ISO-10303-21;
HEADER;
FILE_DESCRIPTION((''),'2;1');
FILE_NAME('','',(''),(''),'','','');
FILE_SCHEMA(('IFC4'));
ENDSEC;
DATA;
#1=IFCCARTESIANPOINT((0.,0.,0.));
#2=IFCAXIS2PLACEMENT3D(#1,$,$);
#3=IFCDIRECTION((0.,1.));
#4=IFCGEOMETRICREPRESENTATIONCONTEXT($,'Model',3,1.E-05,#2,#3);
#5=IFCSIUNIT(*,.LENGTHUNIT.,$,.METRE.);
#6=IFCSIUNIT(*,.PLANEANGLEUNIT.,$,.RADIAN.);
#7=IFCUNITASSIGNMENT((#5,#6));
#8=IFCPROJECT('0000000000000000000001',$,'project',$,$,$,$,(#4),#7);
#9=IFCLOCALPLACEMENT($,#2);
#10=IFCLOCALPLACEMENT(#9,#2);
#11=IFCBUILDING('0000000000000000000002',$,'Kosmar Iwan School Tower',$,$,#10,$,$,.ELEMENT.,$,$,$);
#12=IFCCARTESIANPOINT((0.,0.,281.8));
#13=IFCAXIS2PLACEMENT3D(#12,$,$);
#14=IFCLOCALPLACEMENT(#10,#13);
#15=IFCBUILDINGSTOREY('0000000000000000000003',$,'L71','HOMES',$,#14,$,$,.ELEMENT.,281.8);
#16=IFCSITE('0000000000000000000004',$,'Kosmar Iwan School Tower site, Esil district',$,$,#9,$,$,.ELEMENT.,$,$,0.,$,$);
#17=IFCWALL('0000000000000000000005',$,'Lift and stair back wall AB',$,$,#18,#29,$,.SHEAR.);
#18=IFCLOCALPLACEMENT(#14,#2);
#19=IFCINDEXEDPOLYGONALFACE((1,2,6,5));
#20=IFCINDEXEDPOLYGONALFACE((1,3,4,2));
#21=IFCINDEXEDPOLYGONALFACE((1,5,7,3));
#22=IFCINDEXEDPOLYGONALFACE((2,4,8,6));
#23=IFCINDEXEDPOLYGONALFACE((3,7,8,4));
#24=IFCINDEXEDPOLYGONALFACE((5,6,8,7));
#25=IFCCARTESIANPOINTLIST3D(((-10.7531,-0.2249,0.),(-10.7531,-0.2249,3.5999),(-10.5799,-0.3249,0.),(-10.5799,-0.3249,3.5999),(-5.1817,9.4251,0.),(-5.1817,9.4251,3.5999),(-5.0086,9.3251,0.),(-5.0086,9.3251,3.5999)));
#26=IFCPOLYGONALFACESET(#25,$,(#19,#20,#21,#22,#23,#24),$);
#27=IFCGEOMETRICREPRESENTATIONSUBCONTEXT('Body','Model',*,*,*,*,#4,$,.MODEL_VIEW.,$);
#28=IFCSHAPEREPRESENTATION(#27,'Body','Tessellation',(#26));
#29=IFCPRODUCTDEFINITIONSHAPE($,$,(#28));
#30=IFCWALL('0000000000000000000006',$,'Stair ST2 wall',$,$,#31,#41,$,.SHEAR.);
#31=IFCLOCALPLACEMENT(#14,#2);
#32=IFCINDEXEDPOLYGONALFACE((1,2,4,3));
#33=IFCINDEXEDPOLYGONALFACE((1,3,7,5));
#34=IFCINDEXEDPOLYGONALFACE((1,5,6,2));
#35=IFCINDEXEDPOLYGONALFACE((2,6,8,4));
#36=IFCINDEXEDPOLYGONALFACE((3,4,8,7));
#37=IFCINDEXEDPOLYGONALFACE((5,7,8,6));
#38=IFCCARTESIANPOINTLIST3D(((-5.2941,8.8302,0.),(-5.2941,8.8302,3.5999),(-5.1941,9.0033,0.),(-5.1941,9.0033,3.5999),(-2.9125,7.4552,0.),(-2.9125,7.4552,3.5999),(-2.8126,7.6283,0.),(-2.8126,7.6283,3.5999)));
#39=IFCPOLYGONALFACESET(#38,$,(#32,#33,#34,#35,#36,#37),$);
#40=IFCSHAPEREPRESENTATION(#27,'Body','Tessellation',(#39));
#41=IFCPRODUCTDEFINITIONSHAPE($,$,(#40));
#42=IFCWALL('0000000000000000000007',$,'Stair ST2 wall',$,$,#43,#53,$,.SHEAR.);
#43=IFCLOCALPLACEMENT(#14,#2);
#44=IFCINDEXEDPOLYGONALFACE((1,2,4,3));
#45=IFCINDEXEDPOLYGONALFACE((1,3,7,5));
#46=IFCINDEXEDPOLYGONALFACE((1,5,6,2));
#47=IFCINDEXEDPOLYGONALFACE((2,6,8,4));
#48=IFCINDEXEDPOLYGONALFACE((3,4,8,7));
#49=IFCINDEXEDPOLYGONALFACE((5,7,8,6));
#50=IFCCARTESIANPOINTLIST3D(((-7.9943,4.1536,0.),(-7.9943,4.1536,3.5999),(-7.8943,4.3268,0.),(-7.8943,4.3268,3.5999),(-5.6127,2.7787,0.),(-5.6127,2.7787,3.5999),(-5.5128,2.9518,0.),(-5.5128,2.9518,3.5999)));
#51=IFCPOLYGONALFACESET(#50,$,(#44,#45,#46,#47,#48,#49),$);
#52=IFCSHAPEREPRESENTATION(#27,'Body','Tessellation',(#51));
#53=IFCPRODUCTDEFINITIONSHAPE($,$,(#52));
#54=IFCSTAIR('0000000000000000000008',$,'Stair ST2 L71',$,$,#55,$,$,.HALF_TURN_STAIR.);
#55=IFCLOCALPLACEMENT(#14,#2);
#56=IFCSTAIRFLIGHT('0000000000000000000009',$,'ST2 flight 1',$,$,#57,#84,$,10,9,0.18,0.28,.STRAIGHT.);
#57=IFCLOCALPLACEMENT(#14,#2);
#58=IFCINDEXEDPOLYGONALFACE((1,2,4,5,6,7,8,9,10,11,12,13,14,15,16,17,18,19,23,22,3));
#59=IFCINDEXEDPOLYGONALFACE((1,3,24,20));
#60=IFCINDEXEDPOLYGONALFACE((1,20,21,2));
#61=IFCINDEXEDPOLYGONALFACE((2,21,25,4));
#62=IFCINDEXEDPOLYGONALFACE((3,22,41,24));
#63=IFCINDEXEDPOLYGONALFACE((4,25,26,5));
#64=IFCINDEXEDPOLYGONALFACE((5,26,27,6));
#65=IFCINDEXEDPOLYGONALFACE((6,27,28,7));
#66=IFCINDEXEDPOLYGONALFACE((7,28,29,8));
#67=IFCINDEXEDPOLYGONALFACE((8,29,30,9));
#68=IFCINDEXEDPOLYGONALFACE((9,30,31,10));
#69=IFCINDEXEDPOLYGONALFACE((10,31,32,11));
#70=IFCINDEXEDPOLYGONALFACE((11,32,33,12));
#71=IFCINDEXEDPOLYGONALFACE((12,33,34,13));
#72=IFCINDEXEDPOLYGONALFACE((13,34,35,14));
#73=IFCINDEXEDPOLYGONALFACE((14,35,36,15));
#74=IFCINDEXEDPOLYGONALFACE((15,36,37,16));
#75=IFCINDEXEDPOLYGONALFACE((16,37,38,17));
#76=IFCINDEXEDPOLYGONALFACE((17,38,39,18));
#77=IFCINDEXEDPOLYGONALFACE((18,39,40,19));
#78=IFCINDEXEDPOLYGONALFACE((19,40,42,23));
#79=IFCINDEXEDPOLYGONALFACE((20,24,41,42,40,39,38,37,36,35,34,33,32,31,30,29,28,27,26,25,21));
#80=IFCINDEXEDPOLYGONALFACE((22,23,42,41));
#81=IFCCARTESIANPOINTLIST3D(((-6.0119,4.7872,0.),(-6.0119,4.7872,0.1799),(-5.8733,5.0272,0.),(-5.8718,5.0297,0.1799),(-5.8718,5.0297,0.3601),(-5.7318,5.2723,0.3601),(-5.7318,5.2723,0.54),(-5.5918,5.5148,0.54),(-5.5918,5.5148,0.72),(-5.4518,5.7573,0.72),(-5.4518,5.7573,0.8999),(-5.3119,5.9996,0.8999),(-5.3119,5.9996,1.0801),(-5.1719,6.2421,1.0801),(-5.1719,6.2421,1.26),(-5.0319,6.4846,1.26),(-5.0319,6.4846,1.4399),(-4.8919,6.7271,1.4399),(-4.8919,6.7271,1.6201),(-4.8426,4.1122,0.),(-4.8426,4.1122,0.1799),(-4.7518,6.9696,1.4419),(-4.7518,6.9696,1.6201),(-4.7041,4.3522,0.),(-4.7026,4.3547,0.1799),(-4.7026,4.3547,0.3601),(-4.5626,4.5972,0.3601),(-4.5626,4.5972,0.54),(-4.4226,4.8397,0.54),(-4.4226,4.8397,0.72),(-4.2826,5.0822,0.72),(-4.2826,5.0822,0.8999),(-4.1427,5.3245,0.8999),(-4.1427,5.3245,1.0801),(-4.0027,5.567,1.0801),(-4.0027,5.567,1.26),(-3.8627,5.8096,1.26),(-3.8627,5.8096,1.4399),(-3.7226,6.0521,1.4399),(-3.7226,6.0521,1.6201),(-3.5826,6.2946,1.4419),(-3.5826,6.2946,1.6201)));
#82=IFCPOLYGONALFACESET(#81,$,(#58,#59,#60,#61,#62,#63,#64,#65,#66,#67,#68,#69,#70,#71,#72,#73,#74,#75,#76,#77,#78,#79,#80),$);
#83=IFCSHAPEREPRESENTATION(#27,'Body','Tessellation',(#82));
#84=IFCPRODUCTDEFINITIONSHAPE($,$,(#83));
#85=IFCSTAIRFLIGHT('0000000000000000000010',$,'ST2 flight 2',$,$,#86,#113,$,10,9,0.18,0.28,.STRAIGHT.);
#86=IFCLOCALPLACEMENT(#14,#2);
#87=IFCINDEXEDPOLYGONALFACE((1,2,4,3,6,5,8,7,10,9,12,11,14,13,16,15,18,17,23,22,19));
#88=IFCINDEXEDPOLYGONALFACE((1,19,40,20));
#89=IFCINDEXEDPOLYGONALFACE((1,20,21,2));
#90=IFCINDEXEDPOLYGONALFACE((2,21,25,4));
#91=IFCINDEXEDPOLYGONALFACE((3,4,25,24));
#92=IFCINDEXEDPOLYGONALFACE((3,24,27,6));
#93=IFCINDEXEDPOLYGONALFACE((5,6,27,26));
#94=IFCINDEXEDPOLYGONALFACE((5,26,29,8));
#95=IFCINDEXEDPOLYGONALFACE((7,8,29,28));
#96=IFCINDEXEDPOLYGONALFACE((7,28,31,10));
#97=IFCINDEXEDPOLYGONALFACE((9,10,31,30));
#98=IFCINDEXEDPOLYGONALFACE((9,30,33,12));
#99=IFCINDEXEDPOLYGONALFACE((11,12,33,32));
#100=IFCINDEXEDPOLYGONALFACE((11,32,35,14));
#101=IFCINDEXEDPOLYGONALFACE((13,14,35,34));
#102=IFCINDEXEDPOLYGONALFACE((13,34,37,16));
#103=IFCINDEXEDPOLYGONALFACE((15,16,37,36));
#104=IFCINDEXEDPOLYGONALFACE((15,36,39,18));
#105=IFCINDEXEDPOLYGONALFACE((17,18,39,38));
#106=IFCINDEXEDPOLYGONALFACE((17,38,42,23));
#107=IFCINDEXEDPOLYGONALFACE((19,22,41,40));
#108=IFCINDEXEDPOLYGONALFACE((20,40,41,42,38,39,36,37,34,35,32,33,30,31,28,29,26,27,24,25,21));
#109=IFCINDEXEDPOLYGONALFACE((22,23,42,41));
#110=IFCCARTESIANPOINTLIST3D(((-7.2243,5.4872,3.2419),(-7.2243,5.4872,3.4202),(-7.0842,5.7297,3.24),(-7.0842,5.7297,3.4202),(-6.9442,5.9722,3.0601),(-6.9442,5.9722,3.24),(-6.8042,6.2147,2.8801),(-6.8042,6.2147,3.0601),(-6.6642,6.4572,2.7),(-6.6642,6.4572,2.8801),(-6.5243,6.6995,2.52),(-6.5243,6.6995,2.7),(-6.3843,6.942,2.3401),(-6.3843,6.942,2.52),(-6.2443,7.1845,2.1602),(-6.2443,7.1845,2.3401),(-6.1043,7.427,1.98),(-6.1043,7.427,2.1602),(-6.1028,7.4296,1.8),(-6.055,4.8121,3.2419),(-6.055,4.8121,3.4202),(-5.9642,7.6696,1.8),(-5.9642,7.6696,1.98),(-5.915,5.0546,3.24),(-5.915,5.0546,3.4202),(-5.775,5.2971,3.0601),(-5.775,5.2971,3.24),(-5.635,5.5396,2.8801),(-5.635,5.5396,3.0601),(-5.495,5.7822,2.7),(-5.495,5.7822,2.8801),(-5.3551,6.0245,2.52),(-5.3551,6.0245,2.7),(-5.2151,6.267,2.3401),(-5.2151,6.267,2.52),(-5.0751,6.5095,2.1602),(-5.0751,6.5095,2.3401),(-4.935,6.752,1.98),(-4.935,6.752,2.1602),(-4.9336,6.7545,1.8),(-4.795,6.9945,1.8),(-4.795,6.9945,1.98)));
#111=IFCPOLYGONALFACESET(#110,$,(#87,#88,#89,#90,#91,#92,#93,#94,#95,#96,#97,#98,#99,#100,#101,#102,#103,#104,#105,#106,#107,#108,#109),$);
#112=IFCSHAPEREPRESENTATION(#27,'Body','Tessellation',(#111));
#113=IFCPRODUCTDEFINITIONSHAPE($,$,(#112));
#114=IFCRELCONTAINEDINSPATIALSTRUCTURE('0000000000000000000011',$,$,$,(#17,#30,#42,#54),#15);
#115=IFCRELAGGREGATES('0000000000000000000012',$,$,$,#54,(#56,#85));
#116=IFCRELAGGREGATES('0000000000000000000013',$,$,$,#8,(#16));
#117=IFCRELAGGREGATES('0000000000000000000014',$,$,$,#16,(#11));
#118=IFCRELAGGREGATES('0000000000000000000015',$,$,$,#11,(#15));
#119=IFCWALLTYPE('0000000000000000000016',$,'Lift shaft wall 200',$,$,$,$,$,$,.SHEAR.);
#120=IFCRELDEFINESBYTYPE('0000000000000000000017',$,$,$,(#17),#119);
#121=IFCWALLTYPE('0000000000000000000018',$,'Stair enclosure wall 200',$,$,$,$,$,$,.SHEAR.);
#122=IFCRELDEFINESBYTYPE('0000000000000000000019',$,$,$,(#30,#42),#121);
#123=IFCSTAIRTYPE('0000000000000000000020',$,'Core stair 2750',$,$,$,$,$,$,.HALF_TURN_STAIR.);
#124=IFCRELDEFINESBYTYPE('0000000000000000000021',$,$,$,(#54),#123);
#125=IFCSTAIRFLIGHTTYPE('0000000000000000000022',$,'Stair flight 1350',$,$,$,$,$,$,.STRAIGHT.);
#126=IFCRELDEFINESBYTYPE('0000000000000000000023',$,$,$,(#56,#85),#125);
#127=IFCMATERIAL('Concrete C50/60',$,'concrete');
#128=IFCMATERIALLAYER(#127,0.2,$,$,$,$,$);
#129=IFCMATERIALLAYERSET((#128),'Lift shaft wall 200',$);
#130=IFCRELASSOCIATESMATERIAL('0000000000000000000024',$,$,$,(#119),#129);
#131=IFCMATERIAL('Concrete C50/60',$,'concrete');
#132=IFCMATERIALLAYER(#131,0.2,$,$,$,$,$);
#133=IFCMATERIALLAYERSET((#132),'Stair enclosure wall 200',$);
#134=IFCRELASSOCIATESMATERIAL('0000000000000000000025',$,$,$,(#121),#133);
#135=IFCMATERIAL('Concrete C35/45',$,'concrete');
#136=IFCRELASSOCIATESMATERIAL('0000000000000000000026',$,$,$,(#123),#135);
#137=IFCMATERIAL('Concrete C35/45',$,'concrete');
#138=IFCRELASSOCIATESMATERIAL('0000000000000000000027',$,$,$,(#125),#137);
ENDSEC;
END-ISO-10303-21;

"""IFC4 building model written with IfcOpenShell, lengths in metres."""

from ifc_helpers import new_model, si_unit, direction, frame, frame_2d, origin, place, context, subcontext, project, spatial, polyline, rectangle, outline, extrude, material, layer, layer_set, type_object, element, aggregate, save


model = new_model("IFC4")

# Units and contexts
model_context = context("Model", 3, precision=1e-05, world=origin(), true_north=direction((0.0, 1.0)))
body_context = subcontext(model_context, "Body", "Model", "MODEL_VIEW")
ifc_project = project(units=[si_unit("LENGTHUNIT", "METRE"), si_unit("PLANEANGLEUNIT", "RADIAN")], contexts=[model_context])

# Site, building, storey
site_placement = place(None, origin())
site = spatial("IfcSite", under=ifc_project, at=site_placement, Name="Kosmar Iwan School Tower site, Esil district", CompositionType="ELEMENT", RefElevation=0.0)
building_placement = place(site_placement, origin())
building = spatial("IfcBuilding", under=site, at=building_placement, Name="Kosmar Iwan School Tower", CompositionType="ELEMENT")
storey_placement = place(building_placement, frame((0.0, 0.0, 281.8)))
storey = spatial("IfcBuildingStorey", under=building, at=storey_placement, Name="L71", Description="HOMES", CompositionType="ELEMENT", Elevation=281.8)

# Shared definitions
ifc_material_1 = material(Name="Concrete C50/60", Category="concrete")
ifc_layer_1 = layer(ifc_material_1, 0.2)
ifc_layer_set_1 = layer_set([ifc_layer_1], Name="Lift shaft wall 200")
wall_type_1 = type_object("IfcWallType", Name="Lift shaft wall 200", PredefinedType="SHEAR", material=ifc_layer_set_1)

# Walls
wall_1_placement = place(storey_placement, frame((-5.0952, 9.375, 0.0), z_axis=(0.0, 0.0, 1.0), x_axis=(-0.499994, -0.866029, 0.0)))
element("IfcWall", 1, at=wall_1_placement, inside=storey, type_object=wall_type_1, Name="Lift and stair back wall AB", PredefinedType="SHEAR", context=body_context, shape_type="SweptSolid", body=[
    extrude(rectangle(XDim=11.1428, YDim=0.2, at=frame_2d((5.5713, 0.0))), origin(), (0.0, 0.0, 1.0), 3.5999),
])
ifc_material_2 = material(Name="Concrete C50/60", Category="concrete")
ifc_layer_2 = layer(ifc_material_2, 0.2)
ifc_layer_set_2 = layer_set([ifc_layer_2], Name="Stair enclosure wall 200")
wall_type_2 = type_object("IfcWallType", Name="Stair enclosure wall 200", PredefinedType="SHEAR", material=ifc_layer_set_2)
for number, where, z_axis, x_axis, name in (
    (2, (-2.8625, 7.5417, 0.0), (0.0, 0.0, 1.0), (-0.866027, 0.499997, 0.0), "Stair ST2 wall"),
    (3, (-5.5627, 2.8652, 0.0), (0.0, 0.0, 1.0), (-0.866027, 0.499997, 0.0), "Stair ST2 wall"),
):
    element("IfcWall", number, at=place(storey_placement, frame(where, z_axis=z_axis, x_axis=x_axis)), inside=storey, type_object=wall_type_2, Name=name, PredefinedType="SHEAR", context=body_context, shape_type="SweptSolid", body=[
        extrude(rectangle(XDim=2.75, YDim=0.2, at=frame_2d((1.375, 0.0))), origin(), (0.0, 0.0, 1.0), 3.5999),
    ])

# Stair, stair flights
ifc_material_3 = material(Name="Concrete C35/45", Category="concrete")
stair_type = type_object("IfcStairType", Name="Core stair 2750", PredefinedType="HALF_TURN_STAIR", material=ifc_material_3)
stair_placement = place(storey_placement, origin())
stair = element("IfcStair", 4, at=stair_placement, inside=storey, type_object=stair_type, Name="Stair ST2 L71", PredefinedType="HALF_TURN_STAIR")
ifc_material_4 = material(Name="Concrete C35/45", Category="concrete")
stair_flight_type = type_object("IfcStairFlightType", Name="Stair flight 1350", PredefinedType="STRAIGHT", material=ifc_material_4)
stair_flight_1_placement = place(storey_placement, frame((-5.4272, 4.4497, 0.0), z_axis=(0.0, 0.0, 1.0), x_axis=(0.5, 0.866025, 0.0)))
stair_flight_1 = element("IfcStairFlight", 5, at=stair_flight_1_placement, type_object=stair_flight_type, Name="ST2 flight 1", NumberOfRisers=10, NumberOfTreads=9, PredefinedType="STRAIGHT", RiserHeight=0.18, TreadLength=0.28, context=body_context, shape_type="SweptSolid", body=[
    extrude(outline(polyline([(0.0, 0.0), (0.0, 0.1799), (0.28, 0.1799), (0.28, 0.3601), (0.5601, 0.3601), (0.5601, 0.54), (0.8401, 0.54), (0.8401, 0.72), (1.1201, 0.72), (1.1201, 0.8999), (1.3999, 0.8999), (1.3999, 1.0801), (1.6799, 1.0801), (1.6799, 1.26), (1.96, 1.26), (1.96, 1.4399), (2.24, 1.4399), (2.24, 1.6201), (2.52, 1.6201), (2.52, 1.8), (2.52, 1.4419), (0.2771, 0.0), (0.0, 0.0)])), frame((0.0, 0.675, 0.0), z_axis=(0.0, -1.0, 0.0), x_axis=(1.0, 0.0, 0.0)), (0.0, 0.0, 1.0), 1.3501),
])
stair_flight_2_placement = place(storey_placement, frame((-5.3796, 7.332, 1.8), z_axis=(0.0, 0.0, 1.0), x_axis=(-0.5, -0.866025, 0.0)))
stair_flight_2 = element("IfcStairFlight", 6, at=stair_flight_2_placement, type_object=stair_flight_type, Name="ST2 flight 2", NumberOfRisers=10, NumberOfTreads=9, PredefinedType="STRAIGHT", RiserHeight=0.18, TreadLength=0.28, context=body_context, shape_type="SweptSolid", body=[
    extrude(outline(polyline([(0.0, 0.0), (0.0, 0.1799), (0.28, 0.1799), (0.28, 0.3601), (0.5601, 0.3601), (0.5601, 0.54), (0.8401, 0.54), (0.8401, 0.72), (1.1201, 0.72), (1.1201, 0.8999), (1.3999, 0.8999), (1.3999, 1.0801), (1.6799, 1.0801), (1.6799, 1.26), (1.96, 1.26), (1.96, 1.4399), (2.24, 1.4399), (2.24, 1.6201), (2.52, 1.6201), (2.52, 1.8), (2.52, 1.4419), (0.2771, 0.0), (0.0, 0.0)])), frame((0.0, 0.675, 0.0), z_axis=(0.0, -1.0, 0.0), x_axis=(1.0, 0.0, 0.0)), (0.0, 0.0, 1.0), 1.3501),
])
aggregate(stair, [stair_flight_1, stair_flight_2])

save(model, "model.ifc")
